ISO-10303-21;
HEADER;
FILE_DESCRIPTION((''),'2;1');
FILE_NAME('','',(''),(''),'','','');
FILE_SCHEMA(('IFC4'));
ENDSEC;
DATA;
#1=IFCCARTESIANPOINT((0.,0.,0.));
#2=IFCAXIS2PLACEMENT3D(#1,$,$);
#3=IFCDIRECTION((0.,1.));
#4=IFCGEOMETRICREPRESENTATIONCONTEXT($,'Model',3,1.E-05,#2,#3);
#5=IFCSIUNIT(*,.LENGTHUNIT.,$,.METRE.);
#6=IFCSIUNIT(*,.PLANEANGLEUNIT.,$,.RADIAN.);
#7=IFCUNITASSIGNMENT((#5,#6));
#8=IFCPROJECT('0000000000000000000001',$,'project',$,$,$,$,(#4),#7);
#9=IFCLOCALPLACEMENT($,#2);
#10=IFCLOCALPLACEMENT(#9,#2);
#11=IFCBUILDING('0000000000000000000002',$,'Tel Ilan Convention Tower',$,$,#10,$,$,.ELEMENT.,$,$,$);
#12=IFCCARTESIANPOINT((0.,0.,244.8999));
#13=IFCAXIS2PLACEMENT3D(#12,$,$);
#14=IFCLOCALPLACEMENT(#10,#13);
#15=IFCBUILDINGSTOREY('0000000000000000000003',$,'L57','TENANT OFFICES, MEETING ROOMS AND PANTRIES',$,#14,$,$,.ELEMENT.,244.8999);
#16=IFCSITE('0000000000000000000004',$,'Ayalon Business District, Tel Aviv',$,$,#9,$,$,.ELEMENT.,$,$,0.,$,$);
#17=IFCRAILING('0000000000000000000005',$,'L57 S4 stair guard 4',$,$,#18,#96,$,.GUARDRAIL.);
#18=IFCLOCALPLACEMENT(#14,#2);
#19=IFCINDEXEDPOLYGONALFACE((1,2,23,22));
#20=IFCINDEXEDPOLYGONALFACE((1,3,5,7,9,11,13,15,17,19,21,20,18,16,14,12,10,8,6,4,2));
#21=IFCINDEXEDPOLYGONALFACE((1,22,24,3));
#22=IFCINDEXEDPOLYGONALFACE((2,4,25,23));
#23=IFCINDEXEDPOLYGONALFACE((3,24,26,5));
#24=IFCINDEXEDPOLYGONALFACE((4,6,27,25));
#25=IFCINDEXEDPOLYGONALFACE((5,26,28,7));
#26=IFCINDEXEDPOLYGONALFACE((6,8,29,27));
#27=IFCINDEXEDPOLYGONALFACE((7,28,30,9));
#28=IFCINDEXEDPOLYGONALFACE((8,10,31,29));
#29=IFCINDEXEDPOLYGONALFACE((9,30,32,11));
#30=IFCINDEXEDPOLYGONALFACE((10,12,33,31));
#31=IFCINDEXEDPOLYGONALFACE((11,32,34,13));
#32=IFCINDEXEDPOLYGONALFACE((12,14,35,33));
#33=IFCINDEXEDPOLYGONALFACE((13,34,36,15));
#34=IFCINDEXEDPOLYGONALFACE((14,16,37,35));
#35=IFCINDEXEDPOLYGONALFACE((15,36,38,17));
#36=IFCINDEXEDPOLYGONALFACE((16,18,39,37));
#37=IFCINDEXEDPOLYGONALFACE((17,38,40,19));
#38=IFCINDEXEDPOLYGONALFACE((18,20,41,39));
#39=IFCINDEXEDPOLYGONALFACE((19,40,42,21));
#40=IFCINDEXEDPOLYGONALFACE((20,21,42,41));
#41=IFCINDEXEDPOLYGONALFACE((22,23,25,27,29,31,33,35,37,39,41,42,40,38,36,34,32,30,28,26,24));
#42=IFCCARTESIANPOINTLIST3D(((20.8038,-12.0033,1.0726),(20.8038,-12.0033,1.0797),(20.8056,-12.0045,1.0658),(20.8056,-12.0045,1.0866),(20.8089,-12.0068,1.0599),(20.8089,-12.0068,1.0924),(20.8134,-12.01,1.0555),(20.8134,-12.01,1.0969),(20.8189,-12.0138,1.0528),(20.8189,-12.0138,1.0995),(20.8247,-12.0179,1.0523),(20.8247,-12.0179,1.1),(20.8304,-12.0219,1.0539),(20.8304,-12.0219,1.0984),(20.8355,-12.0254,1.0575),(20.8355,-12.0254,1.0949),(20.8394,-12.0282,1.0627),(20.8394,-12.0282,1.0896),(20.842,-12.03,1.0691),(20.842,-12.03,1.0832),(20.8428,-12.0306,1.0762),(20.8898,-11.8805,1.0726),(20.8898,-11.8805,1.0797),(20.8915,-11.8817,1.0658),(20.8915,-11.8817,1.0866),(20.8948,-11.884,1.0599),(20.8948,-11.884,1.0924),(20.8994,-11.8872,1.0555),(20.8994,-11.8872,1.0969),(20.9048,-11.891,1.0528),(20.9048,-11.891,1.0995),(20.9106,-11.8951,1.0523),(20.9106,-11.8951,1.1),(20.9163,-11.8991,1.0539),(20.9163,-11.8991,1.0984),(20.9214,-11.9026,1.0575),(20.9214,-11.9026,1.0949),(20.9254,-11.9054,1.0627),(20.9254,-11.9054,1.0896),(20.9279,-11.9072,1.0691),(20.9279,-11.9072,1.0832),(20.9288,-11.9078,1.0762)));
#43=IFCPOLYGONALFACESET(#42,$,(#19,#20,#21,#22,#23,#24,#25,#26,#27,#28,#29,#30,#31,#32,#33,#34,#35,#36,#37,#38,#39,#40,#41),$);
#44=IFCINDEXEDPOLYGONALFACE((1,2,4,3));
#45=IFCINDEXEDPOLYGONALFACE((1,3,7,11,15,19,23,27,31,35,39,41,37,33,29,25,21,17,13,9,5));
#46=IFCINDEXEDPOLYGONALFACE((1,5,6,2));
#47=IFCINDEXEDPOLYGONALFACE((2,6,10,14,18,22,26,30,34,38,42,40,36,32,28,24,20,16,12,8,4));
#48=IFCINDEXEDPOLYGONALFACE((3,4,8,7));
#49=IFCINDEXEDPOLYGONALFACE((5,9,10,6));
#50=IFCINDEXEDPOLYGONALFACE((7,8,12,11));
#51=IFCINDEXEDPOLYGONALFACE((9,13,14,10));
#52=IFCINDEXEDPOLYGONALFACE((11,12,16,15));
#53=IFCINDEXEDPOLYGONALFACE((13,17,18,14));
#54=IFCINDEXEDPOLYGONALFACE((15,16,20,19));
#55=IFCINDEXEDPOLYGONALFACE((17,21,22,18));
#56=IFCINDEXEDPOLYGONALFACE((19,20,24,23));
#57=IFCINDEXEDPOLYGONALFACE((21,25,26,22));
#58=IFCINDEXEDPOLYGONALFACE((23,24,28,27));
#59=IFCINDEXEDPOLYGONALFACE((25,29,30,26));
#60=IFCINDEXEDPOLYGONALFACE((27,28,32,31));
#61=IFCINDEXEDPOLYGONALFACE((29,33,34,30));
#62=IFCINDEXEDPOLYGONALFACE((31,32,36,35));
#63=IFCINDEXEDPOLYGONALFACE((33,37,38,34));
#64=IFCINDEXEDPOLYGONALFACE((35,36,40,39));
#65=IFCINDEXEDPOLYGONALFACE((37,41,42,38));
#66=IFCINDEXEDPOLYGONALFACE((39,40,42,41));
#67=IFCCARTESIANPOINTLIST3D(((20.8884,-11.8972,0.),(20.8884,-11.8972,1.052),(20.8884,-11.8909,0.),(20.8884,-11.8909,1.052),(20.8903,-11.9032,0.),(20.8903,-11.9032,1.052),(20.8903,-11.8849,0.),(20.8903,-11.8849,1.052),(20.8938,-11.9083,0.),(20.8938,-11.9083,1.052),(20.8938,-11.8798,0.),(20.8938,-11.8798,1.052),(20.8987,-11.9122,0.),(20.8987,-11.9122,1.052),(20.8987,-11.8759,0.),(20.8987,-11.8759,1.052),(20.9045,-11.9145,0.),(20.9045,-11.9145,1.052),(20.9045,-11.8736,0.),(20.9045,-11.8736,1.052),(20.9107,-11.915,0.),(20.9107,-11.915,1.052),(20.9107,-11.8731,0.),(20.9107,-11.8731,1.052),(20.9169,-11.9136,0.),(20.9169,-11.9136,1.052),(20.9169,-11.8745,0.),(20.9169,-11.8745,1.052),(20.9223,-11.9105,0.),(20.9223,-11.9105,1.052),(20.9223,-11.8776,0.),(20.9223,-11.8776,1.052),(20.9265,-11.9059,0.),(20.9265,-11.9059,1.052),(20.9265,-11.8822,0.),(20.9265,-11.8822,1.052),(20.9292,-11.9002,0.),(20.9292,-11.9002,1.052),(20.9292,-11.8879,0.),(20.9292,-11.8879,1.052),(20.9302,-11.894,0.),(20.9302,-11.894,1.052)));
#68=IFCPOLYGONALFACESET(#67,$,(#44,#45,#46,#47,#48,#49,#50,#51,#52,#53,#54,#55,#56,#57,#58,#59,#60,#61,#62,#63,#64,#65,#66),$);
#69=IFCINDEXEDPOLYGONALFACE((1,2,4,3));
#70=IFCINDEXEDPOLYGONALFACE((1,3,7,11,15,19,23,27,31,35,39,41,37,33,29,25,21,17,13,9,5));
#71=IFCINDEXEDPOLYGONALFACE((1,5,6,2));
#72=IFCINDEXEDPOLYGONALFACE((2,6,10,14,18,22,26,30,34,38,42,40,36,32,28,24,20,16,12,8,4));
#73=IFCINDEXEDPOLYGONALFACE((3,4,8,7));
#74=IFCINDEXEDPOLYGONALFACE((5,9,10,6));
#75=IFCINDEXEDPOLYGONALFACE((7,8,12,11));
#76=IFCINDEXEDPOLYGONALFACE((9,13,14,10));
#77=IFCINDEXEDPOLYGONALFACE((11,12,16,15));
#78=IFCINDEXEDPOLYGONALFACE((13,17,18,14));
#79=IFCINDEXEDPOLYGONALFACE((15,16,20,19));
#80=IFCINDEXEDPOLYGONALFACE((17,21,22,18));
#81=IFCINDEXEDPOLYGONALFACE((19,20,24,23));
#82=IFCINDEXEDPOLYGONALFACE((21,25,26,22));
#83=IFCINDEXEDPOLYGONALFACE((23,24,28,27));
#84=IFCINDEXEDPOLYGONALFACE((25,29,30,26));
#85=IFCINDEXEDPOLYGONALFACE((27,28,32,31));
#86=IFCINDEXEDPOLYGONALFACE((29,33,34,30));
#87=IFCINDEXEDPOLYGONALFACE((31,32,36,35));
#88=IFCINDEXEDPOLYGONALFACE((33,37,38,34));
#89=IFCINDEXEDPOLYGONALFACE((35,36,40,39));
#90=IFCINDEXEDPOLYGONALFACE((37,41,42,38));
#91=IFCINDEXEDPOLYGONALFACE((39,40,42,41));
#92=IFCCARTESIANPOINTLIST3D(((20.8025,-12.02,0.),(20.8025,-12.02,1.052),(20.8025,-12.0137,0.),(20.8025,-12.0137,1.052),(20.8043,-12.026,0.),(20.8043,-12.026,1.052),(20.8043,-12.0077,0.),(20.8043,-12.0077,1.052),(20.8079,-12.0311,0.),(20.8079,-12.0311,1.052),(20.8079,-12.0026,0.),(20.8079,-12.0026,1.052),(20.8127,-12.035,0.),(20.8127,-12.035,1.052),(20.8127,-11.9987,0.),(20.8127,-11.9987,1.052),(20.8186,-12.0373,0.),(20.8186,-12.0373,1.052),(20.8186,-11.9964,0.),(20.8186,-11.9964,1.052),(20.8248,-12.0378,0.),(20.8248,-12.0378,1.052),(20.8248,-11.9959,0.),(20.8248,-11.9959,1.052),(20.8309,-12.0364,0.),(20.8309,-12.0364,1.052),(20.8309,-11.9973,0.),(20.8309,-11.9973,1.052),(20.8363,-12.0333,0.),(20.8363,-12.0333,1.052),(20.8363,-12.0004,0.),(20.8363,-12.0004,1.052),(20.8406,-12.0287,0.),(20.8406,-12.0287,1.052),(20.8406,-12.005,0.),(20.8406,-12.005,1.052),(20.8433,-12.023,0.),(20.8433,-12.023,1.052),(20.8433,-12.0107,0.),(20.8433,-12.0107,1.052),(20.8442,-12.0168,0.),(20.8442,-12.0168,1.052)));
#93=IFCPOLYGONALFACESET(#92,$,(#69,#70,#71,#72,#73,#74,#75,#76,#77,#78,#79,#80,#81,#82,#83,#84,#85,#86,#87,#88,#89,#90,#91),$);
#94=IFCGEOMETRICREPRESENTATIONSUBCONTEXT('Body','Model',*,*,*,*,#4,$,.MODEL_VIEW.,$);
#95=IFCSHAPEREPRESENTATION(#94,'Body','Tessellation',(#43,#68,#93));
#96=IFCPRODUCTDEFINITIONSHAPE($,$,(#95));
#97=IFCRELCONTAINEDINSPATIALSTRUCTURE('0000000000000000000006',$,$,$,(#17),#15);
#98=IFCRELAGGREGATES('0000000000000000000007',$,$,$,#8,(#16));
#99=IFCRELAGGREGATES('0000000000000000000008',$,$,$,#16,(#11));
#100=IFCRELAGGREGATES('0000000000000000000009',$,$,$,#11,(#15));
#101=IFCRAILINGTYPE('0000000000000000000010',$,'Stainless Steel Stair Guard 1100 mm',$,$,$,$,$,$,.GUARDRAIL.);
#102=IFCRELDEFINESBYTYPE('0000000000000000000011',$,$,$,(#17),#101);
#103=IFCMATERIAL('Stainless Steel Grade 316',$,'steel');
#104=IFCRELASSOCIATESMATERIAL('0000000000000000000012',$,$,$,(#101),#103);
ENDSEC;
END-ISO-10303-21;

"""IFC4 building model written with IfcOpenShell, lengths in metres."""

from ifc_helpers import new_model, si_unit, direction, frame, origin, origin_2d, place, context, subcontext, project, spatial, circle, extrude, material, type_object, element, save


model = new_model("IFC4")

# Units and contexts
model_context = context("Model", 3, precision=1e-05, world=origin(), true_north=direction((0.0, 1.0)))
body_context = subcontext(model_context, "Body", "Model", "MODEL_VIEW")
ifc_project = project(units=[si_unit("LENGTHUNIT", "METRE"), si_unit("PLANEANGLEUNIT", "RADIAN")], contexts=[model_context])

# Site, building, storey
site_placement = place(None, origin())
site = spatial("IfcSite", under=ifc_project, at=site_placement, Name="Ayalon Business District, Tel Aviv", CompositionType="ELEMENT", RefElevation=0.0)
building_placement = place(site_placement, origin())
building = spatial("IfcBuilding", under=site, at=building_placement, Name="Tel Ilan Convention Tower", CompositionType="ELEMENT")
storey_placement = place(building_placement, frame((0.0, 0.0, 244.8999)))
storey = spatial("IfcBuildingStorey", under=building, at=storey_placement, Name="L57", Description="TENANT OFFICES, MEETING ROOMS AND PANTRIES", CompositionType="ELEMENT", Elevation=244.8999)

# Railing
ifc_material_1 = material(Name="Stainless Steel Grade 316", Category="steel")
railing_type_1 = type_object("IfcRailingType", Name="Stainless Steel Stair Guard 1100 mm", PredefinedType="GUARDRAIL", material=ifc_material_1)
railing_1_placement = place(storey_placement, frame((20.9092, -11.894, 0.0)))
element("IfcRailing", 1, at=railing_1_placement, inside=storey, type_object=railing_type_1, Name="L57 S4 stair guard 4", PredefinedType="GUARDRAIL", context=body_context, shape_type="SweptSolid", body=[
    extrude(circle(Radius=0.0239, at=origin_2d()), frame((0.0, 0.0, 1.0762), z_axis=(-0.573353, -0.819308, 0.0), x_axis=(0.819308, -0.573353, 0.0)), (0.0, 0.0, 1.0), 0.1499),
    extrude(circle(Radius=0.021, at=origin_2d()), origin(), (0.0, 0.0, 1.0), 1.052),
    extrude(circle(Radius=0.021, at=origin_2d()), frame((-0.0859, -0.1228, 0.0)), (0.0, 0.0, 1.0), 1.052),
])

save(model, "model.ifc")
